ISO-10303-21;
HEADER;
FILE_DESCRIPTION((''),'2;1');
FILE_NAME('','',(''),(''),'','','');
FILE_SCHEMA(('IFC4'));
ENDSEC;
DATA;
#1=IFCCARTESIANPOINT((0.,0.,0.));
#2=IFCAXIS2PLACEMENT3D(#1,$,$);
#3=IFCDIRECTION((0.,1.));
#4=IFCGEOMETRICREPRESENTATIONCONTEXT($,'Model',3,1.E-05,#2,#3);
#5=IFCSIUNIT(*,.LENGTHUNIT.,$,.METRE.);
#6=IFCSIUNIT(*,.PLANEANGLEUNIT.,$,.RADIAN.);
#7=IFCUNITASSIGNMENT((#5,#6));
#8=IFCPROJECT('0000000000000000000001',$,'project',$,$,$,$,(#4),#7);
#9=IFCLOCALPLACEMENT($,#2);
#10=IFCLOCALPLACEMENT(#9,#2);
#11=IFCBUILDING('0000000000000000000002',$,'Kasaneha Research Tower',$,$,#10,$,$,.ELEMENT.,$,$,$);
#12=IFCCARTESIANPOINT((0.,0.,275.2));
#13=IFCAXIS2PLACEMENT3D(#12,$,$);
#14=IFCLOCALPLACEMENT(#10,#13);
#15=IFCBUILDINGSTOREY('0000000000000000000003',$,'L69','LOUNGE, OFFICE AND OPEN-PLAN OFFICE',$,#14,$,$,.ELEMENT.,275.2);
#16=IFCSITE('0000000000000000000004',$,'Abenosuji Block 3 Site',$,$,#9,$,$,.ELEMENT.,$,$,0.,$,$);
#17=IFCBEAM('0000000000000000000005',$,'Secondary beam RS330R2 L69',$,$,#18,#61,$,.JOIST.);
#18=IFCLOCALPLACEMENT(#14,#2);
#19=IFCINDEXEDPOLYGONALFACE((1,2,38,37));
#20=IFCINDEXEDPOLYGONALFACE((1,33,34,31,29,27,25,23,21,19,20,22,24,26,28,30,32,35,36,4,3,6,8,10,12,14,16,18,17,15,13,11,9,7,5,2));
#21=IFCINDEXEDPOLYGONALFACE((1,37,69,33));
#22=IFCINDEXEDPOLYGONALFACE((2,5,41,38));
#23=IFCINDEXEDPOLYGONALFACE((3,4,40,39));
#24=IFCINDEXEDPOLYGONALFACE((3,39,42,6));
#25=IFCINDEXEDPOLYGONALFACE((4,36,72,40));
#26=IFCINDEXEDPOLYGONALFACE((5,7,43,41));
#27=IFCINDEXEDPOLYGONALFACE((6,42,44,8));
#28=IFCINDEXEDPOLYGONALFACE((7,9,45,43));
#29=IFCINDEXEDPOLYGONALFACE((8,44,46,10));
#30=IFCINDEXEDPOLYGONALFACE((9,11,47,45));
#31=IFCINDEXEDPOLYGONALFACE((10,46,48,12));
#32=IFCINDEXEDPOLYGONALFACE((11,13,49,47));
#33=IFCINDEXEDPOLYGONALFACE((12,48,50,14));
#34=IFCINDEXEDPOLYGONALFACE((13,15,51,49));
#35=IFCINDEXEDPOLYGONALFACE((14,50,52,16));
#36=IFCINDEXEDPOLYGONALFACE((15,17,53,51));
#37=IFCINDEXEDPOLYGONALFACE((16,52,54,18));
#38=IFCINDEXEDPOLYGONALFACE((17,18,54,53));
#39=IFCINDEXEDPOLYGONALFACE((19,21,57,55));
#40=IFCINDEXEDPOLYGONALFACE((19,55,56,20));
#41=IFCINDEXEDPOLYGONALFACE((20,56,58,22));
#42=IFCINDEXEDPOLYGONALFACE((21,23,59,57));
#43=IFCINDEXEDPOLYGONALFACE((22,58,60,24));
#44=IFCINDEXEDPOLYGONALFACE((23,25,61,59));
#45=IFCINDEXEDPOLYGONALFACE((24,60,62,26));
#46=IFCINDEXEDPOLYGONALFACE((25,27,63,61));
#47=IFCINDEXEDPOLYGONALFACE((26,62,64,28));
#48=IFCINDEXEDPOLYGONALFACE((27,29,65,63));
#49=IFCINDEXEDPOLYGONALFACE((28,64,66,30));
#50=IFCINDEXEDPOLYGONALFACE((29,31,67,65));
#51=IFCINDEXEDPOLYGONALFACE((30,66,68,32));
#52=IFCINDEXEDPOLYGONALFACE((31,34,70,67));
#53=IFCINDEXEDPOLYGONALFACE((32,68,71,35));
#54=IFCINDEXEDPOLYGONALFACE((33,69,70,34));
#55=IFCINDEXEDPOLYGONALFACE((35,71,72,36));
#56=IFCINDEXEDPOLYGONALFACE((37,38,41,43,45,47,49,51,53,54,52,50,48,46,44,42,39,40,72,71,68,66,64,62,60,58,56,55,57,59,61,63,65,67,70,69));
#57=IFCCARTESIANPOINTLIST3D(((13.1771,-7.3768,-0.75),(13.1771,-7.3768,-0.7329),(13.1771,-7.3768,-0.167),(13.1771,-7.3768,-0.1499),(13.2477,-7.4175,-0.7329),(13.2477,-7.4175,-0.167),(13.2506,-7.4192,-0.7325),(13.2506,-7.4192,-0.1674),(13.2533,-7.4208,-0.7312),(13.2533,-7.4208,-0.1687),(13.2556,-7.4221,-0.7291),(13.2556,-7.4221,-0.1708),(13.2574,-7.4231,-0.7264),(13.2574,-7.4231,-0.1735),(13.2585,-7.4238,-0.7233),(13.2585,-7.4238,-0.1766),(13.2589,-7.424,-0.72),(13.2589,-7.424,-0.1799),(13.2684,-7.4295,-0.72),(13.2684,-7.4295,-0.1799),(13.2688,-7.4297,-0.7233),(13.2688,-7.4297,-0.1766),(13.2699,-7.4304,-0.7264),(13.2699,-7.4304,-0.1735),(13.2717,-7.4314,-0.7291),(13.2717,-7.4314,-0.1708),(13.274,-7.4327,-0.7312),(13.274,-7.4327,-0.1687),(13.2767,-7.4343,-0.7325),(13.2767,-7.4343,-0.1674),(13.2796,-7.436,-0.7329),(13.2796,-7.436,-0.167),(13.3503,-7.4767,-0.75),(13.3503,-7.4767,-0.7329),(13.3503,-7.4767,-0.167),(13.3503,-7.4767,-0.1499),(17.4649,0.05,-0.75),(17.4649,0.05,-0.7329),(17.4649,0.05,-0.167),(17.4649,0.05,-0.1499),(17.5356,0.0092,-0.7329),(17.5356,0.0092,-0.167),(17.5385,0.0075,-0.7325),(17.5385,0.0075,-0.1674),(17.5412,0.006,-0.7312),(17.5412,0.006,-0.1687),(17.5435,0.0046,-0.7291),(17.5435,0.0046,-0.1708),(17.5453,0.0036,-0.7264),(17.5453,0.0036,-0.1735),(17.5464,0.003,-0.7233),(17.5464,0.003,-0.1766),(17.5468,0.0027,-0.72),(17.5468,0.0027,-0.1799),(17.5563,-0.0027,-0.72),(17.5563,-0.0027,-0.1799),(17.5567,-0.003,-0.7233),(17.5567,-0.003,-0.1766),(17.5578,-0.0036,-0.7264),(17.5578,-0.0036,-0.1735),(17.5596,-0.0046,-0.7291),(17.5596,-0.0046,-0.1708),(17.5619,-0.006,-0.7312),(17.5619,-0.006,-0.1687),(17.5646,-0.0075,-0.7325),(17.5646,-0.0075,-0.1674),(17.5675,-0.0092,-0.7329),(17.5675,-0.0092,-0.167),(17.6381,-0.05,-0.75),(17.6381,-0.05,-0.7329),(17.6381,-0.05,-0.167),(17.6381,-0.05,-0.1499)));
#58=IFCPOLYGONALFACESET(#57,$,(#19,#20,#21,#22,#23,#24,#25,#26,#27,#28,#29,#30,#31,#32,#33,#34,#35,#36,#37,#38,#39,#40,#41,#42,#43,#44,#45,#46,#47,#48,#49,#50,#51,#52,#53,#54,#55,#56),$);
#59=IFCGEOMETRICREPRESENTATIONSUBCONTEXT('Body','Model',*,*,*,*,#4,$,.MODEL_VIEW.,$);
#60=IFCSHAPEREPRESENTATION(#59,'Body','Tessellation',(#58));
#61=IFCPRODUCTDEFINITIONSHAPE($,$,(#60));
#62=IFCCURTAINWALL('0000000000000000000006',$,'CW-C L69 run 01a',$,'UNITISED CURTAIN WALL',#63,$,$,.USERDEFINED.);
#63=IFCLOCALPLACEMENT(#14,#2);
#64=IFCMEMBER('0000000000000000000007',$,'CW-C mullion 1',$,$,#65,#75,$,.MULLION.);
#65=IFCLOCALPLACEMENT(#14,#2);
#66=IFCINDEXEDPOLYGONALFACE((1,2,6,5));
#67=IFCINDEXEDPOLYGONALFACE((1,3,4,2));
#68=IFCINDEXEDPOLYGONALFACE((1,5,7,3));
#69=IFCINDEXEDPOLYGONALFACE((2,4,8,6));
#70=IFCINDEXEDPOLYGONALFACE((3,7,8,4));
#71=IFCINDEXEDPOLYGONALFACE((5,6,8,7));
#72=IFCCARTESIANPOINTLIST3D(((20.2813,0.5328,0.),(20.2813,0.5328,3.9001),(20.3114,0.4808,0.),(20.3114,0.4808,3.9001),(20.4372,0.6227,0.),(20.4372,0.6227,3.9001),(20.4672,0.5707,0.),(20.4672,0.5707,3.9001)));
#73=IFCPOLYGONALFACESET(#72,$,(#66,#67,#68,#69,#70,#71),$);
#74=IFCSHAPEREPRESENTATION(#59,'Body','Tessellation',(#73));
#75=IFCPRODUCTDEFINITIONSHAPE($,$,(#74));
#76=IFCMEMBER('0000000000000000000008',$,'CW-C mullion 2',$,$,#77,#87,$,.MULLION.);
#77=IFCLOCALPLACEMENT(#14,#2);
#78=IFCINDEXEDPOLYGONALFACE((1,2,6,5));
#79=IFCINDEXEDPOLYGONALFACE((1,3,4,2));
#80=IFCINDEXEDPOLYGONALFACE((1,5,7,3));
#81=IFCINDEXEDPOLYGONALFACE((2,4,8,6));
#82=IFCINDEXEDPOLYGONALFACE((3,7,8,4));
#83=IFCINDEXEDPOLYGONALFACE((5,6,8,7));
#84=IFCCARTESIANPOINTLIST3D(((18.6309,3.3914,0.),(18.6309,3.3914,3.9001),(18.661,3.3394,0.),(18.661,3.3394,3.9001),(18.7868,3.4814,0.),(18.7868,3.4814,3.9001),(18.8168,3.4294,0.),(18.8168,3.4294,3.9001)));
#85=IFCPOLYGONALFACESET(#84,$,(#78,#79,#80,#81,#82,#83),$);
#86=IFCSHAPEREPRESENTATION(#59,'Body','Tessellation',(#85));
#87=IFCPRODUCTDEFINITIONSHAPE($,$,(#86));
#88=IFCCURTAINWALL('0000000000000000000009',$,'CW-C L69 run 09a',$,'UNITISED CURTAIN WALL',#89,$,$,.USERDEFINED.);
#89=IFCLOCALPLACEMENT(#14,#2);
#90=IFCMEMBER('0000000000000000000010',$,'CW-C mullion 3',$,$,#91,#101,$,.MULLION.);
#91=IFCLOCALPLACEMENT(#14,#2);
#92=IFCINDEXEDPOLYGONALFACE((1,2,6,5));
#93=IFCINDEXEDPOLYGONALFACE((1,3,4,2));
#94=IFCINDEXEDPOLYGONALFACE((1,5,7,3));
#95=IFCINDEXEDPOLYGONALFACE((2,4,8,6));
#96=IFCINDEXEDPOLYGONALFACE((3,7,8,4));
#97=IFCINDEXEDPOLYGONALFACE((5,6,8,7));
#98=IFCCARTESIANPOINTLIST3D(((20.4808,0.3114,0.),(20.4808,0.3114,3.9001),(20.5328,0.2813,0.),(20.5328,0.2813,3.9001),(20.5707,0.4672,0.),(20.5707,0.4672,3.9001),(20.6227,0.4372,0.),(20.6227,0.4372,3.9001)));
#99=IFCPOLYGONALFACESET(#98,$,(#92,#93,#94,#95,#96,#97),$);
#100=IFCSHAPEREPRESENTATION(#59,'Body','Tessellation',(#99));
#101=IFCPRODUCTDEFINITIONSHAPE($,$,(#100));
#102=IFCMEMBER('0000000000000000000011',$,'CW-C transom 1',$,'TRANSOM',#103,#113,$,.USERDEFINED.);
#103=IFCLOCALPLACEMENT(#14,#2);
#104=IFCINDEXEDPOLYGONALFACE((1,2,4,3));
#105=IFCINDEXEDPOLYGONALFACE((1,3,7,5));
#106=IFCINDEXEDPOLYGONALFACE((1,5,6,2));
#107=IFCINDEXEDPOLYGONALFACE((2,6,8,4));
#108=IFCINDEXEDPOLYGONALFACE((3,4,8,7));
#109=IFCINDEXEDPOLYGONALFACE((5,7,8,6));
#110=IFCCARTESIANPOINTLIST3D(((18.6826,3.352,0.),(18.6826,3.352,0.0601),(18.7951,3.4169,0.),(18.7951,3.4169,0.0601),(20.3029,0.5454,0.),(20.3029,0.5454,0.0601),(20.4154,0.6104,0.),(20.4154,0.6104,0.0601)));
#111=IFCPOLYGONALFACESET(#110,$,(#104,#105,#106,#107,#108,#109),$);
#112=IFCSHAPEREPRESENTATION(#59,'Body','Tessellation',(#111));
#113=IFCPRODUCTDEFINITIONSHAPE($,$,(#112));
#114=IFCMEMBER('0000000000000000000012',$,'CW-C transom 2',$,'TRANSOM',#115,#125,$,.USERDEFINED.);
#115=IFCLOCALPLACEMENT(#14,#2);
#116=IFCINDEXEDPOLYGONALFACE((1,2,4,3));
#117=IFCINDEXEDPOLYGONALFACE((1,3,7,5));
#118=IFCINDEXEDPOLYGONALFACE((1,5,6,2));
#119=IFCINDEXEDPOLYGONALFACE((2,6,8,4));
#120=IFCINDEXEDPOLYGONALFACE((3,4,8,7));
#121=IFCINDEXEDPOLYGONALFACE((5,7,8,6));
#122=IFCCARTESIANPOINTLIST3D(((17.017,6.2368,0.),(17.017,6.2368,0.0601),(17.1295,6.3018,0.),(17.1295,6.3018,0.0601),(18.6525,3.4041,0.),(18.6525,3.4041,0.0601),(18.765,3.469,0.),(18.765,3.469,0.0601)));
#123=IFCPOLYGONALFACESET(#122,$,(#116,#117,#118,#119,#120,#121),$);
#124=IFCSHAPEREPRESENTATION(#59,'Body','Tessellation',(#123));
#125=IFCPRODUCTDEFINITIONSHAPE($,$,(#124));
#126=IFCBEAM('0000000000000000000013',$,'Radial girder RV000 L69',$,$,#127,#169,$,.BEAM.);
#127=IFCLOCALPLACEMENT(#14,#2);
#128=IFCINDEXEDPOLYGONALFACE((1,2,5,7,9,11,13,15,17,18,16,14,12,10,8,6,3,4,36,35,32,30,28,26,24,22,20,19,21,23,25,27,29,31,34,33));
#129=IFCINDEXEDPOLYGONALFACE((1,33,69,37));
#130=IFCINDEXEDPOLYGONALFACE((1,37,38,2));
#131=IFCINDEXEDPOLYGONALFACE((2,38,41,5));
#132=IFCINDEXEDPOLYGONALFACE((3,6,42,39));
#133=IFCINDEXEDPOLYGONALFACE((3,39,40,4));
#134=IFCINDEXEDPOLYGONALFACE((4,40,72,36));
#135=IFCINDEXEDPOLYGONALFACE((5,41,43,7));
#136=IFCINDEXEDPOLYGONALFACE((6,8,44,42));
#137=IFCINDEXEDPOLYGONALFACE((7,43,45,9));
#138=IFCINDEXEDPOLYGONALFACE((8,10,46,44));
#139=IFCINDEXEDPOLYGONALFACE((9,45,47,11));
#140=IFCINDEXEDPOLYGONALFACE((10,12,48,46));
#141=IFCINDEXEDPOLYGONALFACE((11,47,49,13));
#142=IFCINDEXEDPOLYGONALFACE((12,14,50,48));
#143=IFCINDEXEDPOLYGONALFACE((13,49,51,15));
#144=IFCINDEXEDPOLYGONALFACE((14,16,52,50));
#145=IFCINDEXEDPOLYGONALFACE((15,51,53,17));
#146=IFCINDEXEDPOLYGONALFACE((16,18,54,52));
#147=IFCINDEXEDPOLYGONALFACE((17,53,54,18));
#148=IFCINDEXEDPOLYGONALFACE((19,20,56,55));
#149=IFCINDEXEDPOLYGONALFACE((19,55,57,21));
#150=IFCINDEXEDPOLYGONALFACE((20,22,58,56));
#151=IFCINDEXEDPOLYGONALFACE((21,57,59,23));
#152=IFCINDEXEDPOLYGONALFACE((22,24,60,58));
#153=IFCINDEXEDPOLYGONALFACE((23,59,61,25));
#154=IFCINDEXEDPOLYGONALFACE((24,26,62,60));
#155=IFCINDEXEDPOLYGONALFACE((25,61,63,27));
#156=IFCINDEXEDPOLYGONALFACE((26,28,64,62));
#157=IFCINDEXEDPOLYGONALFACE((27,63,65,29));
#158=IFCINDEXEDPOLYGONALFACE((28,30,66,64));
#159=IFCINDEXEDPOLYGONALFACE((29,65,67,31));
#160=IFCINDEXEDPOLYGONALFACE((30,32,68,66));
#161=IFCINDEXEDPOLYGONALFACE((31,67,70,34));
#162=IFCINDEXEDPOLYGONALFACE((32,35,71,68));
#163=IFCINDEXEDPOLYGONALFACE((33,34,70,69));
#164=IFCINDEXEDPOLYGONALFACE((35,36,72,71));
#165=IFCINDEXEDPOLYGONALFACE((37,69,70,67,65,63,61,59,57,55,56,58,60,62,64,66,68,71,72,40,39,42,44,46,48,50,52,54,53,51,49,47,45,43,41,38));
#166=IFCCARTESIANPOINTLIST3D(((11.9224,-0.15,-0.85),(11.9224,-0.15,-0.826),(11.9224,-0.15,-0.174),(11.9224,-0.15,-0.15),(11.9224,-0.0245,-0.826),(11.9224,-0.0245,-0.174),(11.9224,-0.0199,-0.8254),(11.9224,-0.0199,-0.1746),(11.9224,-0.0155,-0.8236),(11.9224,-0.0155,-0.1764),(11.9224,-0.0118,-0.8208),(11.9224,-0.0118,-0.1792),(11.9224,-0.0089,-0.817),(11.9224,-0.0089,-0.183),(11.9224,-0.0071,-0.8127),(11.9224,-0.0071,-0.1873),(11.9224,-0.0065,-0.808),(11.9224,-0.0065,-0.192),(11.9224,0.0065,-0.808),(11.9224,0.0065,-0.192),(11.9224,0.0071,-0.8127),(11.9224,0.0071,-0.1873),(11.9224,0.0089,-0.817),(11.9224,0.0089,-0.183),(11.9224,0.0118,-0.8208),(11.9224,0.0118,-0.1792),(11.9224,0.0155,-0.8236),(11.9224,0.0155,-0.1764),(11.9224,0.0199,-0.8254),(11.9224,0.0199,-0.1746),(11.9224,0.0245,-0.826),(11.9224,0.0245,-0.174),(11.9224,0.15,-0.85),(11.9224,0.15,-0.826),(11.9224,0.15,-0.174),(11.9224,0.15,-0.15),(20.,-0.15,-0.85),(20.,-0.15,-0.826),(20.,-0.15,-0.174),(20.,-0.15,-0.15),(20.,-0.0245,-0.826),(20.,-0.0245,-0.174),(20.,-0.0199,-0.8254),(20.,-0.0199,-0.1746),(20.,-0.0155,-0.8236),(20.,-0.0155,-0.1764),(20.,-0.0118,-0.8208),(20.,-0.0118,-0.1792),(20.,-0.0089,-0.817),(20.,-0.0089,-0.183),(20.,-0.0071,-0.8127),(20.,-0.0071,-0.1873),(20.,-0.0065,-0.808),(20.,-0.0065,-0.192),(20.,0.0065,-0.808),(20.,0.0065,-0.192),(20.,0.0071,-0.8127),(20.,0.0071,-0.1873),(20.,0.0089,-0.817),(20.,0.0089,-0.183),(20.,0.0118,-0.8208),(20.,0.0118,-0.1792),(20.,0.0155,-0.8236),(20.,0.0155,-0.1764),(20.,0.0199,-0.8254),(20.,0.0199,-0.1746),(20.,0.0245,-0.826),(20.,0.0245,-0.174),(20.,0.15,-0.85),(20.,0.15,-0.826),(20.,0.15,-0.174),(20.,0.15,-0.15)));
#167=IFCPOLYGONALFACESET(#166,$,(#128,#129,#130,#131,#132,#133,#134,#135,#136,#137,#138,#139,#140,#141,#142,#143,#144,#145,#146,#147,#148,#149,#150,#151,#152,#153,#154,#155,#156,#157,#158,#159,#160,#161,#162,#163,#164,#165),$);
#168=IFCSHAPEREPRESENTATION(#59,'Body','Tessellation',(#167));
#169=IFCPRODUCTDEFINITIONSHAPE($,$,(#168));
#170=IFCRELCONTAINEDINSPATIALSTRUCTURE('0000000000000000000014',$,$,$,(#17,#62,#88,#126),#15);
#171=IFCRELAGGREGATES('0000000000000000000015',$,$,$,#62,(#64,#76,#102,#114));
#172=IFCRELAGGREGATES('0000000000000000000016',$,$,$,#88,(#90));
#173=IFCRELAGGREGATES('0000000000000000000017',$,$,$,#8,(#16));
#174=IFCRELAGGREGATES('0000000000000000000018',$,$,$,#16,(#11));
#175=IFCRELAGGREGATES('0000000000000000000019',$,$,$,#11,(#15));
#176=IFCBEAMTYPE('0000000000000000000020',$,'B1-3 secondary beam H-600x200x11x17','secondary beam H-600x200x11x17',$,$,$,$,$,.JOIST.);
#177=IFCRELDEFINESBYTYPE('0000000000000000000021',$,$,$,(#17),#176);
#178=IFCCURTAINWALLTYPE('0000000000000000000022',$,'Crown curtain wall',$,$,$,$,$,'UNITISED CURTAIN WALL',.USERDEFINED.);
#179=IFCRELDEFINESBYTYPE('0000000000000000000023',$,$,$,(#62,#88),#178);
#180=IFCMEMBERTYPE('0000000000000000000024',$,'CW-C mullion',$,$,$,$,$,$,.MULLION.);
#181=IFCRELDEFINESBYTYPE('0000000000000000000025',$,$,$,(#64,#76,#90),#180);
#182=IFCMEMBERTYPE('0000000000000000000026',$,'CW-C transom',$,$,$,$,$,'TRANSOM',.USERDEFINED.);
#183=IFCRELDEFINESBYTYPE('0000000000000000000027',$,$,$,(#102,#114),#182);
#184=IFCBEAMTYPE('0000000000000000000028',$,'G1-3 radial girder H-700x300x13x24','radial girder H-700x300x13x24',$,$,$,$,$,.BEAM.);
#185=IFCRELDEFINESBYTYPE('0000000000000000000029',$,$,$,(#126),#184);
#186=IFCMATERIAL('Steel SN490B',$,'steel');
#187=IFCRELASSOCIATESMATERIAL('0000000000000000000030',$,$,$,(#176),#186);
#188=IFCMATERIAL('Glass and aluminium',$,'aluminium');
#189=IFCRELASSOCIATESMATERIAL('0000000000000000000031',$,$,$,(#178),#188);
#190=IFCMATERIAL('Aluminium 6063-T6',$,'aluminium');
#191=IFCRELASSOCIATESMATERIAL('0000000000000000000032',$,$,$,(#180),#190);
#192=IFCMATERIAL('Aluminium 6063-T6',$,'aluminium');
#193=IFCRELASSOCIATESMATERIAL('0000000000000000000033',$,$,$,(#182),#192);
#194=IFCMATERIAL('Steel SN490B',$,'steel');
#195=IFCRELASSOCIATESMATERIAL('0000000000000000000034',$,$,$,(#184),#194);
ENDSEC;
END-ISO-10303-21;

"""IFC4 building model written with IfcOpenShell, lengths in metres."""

from ifc_helpers import new_model, si_unit, direction, frame, origin, origin_2d, place, context, subcontext, project, spatial, rectangle, i_section, extrude, material, material_profile, profile_set, type_object, element, aggregate, save


model = new_model("IFC4")

# Units and contexts
model_context = context("Model", 3, precision=1e-05, world=origin(), true_north=direction((0.0, 1.0)))
body_context = subcontext(model_context, "Body", "Model", "MODEL_VIEW")
ifc_project = project(units=[si_unit("LENGTHUNIT", "METRE"), si_unit("PLANEANGLEUNIT", "RADIAN")], contexts=[model_context])

# Site, building, storey
site_placement = place(None, origin())
site = spatial("IfcSite", under=ifc_project, at=site_placement, Name="Abenosuji Block 3 Site", CompositionType="ELEMENT", RefElevation=0.0)
building_placement = place(site_placement, origin())
building = spatial("IfcBuilding", under=site, at=building_placement, Name="Kasaneha Research Tower", CompositionType="ELEMENT")
storey_placement = place(building_placement, frame((0.0, 0.0, 275.2)))
storey = spatial("IfcBuildingStorey", under=building, at=storey_placement, Name="L69", Description="LOUNGE, OFFICE AND OPEN-PLAN OFFICE", CompositionType="ELEMENT", Elevation=275.2)

# Beam
ifc_material_1 = material(Name="Steel SN490B", Category="steel")
ifc_material_profile_1 = material_profile(ifc_material_1, i_section(OverallWidth=0.2, OverallDepth=0.6001, WebThickness=0.011, FlangeThickness=0.0171, FilletRadius=0.0129, at=origin_2d()), Name="H-600x200x11x17")
ifc_profile_set_1 = profile_set([ifc_material_profile_1], Name="Steel SN490B")
beam_type_1 = type_object("IfcBeamType", Name="B1-3 secondary beam H-600x200x11x17", Description="secondary beam H-600x200x11x17", PredefinedType="JOIST", material=ifc_profile_set_1)
beam_1_placement = place(storey_placement, frame((17.5515, 0.0, -0.45), z_axis=(-0.5, -0.866025, 0.0), x_axis=(0.866025, -0.5, 0.0)))
element("IfcBeam", 1, at=beam_1_placement, inside=storey, type_object=beam_type_1, Name="Secondary beam RS330R2 L69", PredefinedType="JOIST", context=body_context, shape_type="SweptSolid", body=[
    extrude(i_section(OverallWidth=0.2, OverallDepth=0.6001, WebThickness=0.011, FlangeThickness=0.0171, FilletRadius=0.0129, at=origin_2d()), origin(), (0.0, 0.0, 1.0), 8.5757),
])

# Curtain wall, members
ifc_material_2 = material(Name="Glass and aluminium", Category="aluminium")
curtain_wall_type = type_object("IfcCurtainWallType", Name="Crown curtain wall", ElementType="UNITISED CURTAIN WALL", PredefinedType="USERDEFINED", material=ifc_material_2)
curtain_wall_1_placement = place(storey_placement, origin())
curtain_wall_1 = element("IfcCurtainWall", 2, at=curtain_wall_1_placement, inside=storey, type_object=curtain_wall_type, Name="CW-C L69 run 01a", ObjectType="UNITISED CURTAIN WALL", PredefinedType="USERDEFINED")
ifc_material_3 = material(Name="Aluminium 6063-T6", Category="aluminium")
ifc_material_profile_2 = material_profile(ifc_material_3, rectangle(XDim=0.0601, YDim=0.1799, at=origin_2d()), Name="CW-C mullion 60x180")
ifc_profile_set_2 = profile_set([ifc_material_profile_2], Name="Aluminium 6063-T6")
member_type_1 = type_object("IfcMemberType", Name="CW-C mullion", PredefinedType="MULLION", material=ifc_profile_set_2)
member_1_placement = place(storey_placement, frame((20.3743, 0.5518, 0.0), z_axis=(0.0, 0.0, 1.0), x_axis=(-0.5, 0.866025, 0.0)))
member_1 = element("IfcMember", 3, at=member_1_placement, type_object=member_type_1, Name="CW-C mullion 1", PredefinedType="MULLION", context=body_context, shape_type="SweptSolid", body=[
    extrude(rectangle(XDim=0.0601, YDim=0.1799, at=origin_2d()), origin(), (0.0, 0.0, 1.0), 3.9001),
])
member_2_placement = place(storey_placement, frame((18.7239, 3.4104, 0.0), z_axis=(0.0, 0.0, 1.0), x_axis=(-0.5, 0.866025, 0.0)))
member_2 = element("IfcMember", 4, at=member_2_placement, type_object=member_type_1, Name="CW-C mullion 2", PredefinedType="MULLION", context=body_context, shape_type="SweptSolid", body=[
    extrude(rectangle(XDim=0.0601, YDim=0.1799, at=origin_2d()), origin(), (0.0, 0.0, 1.0), 3.9001),
])

# Curtain wall, member
curtain_wall_2_placement = place(storey_placement, origin())
curtain_wall_2 = element("IfcCurtainWall", 5, at=curtain_wall_2_placement, inside=storey, type_object=curtain_wall_type, Name="CW-C L69 run 09a", ObjectType="UNITISED CURTAIN WALL", PredefinedType="USERDEFINED")
member_3_placement = place(storey_placement, frame((20.5518, 0.3743, 0.0), z_axis=(0.0, 0.0, 1.0), x_axis=(-0.866025, 0.5, 0.0)))
member_3 = element("IfcMember", 6, at=member_3_placement, type_object=member_type_1, Name="CW-C mullion 3", PredefinedType="MULLION", context=body_context, shape_type="SweptSolid", body=[
    extrude(rectangle(XDim=0.0601, YDim=0.1799, at=origin_2d()), origin(), (0.0, 0.0, 1.0), 3.9001),
])

# Members
ifc_material_4 = material(Name="Aluminium 6063-T6", Category="aluminium")
ifc_material_profile_3 = material_profile(ifc_material_4, rectangle(XDim=0.1299, YDim=0.0601, at=origin_2d()), Name="CW-C transom 130x60")
ifc_profile_set_3 = profile_set([ifc_material_profile_3], Name="Aluminium 6063-T6")
member_type_2 = type_object("IfcMemberType", Name="CW-C transom", ElementType="TRANSOM", PredefinedType="USERDEFINED", material=ifc_profile_set_3)
member_4_placement = place(storey_placement, frame((20.3591, 0.5779, 0.03), z_axis=(-0.499988, 0.866033, 0.0), x_axis=(-0.866033, -0.499988, 0.0)))
member_4 = element("IfcMember", 7, at=member_4_placement, type_object=member_type_2, Name="CW-C transom 1", ObjectType="TRANSOM", PredefinedType="USERDEFINED", context=body_context, shape_type="SweptSolid", body=[
    extrude(rectangle(XDim=0.1299, YDim=0.0601, at=origin_2d()), origin(), (0.0, 0.0, 1.0), 3.2407),
])
member_5_placement = place(storey_placement, frame((18.7087, 3.4365, 0.03), z_axis=(-0.5, 0.866025, 0.0), x_axis=(-0.866025, -0.5, 0.0)))
member_5 = element("IfcMember", 8, at=member_5_placement, type_object=member_type_2, Name="CW-C transom 2", ObjectType="TRANSOM", PredefinedType="USERDEFINED", context=body_context, shape_type="SweptSolid", body=[
    extrude(rectangle(XDim=0.1299, YDim=0.0601, at=origin_2d()), origin(), (0.0, 0.0, 1.0), 3.271),
])

# Beam
ifc_material_5 = material(Name="Steel SN490B", Category="steel")
ifc_material_profile_4 = material_profile(ifc_material_5, i_section(OverallWidth=0.3, OverallDepth=0.7, WebThickness=0.0129, FlangeThickness=0.0239, FilletRadius=0.0181, at=origin_2d()), Name="H-700x300x13x24")
ifc_profile_set_4 = profile_set([ifc_material_profile_4], Name="Steel SN490B")
beam_type_2 = type_object("IfcBeamType", Name="G1-3 radial girder H-700x300x13x24", Description="radial girder H-700x300x13x24", PredefinedType="BEAM", material=ifc_profile_set_4)
beam_2_placement = place(storey_placement, frame((11.9224, 0.0, -0.5), z_axis=(1.0, 0.0, 0.0), x_axis=(0.0, 1.0, 0.0)))
element("IfcBeam", 9, at=beam_2_placement, inside=storey, type_object=beam_type_2, Name="Radial girder RV000 L69", PredefinedType="BEAM", context=body_context, shape_type="SweptSolid", body=[
    extrude(i_section(OverallWidth=0.3, OverallDepth=0.7, WebThickness=0.0129, FlangeThickness=0.0239, FilletRadius=0.0181, at=origin_2d()), origin(), (0.0, 0.0, 1.0), 8.0776),
])

aggregate(curtain_wall_1, [member_1, member_2, member_4, member_5])
aggregate(curtain_wall_2, [member_3])

save(model, "model.ifc")
